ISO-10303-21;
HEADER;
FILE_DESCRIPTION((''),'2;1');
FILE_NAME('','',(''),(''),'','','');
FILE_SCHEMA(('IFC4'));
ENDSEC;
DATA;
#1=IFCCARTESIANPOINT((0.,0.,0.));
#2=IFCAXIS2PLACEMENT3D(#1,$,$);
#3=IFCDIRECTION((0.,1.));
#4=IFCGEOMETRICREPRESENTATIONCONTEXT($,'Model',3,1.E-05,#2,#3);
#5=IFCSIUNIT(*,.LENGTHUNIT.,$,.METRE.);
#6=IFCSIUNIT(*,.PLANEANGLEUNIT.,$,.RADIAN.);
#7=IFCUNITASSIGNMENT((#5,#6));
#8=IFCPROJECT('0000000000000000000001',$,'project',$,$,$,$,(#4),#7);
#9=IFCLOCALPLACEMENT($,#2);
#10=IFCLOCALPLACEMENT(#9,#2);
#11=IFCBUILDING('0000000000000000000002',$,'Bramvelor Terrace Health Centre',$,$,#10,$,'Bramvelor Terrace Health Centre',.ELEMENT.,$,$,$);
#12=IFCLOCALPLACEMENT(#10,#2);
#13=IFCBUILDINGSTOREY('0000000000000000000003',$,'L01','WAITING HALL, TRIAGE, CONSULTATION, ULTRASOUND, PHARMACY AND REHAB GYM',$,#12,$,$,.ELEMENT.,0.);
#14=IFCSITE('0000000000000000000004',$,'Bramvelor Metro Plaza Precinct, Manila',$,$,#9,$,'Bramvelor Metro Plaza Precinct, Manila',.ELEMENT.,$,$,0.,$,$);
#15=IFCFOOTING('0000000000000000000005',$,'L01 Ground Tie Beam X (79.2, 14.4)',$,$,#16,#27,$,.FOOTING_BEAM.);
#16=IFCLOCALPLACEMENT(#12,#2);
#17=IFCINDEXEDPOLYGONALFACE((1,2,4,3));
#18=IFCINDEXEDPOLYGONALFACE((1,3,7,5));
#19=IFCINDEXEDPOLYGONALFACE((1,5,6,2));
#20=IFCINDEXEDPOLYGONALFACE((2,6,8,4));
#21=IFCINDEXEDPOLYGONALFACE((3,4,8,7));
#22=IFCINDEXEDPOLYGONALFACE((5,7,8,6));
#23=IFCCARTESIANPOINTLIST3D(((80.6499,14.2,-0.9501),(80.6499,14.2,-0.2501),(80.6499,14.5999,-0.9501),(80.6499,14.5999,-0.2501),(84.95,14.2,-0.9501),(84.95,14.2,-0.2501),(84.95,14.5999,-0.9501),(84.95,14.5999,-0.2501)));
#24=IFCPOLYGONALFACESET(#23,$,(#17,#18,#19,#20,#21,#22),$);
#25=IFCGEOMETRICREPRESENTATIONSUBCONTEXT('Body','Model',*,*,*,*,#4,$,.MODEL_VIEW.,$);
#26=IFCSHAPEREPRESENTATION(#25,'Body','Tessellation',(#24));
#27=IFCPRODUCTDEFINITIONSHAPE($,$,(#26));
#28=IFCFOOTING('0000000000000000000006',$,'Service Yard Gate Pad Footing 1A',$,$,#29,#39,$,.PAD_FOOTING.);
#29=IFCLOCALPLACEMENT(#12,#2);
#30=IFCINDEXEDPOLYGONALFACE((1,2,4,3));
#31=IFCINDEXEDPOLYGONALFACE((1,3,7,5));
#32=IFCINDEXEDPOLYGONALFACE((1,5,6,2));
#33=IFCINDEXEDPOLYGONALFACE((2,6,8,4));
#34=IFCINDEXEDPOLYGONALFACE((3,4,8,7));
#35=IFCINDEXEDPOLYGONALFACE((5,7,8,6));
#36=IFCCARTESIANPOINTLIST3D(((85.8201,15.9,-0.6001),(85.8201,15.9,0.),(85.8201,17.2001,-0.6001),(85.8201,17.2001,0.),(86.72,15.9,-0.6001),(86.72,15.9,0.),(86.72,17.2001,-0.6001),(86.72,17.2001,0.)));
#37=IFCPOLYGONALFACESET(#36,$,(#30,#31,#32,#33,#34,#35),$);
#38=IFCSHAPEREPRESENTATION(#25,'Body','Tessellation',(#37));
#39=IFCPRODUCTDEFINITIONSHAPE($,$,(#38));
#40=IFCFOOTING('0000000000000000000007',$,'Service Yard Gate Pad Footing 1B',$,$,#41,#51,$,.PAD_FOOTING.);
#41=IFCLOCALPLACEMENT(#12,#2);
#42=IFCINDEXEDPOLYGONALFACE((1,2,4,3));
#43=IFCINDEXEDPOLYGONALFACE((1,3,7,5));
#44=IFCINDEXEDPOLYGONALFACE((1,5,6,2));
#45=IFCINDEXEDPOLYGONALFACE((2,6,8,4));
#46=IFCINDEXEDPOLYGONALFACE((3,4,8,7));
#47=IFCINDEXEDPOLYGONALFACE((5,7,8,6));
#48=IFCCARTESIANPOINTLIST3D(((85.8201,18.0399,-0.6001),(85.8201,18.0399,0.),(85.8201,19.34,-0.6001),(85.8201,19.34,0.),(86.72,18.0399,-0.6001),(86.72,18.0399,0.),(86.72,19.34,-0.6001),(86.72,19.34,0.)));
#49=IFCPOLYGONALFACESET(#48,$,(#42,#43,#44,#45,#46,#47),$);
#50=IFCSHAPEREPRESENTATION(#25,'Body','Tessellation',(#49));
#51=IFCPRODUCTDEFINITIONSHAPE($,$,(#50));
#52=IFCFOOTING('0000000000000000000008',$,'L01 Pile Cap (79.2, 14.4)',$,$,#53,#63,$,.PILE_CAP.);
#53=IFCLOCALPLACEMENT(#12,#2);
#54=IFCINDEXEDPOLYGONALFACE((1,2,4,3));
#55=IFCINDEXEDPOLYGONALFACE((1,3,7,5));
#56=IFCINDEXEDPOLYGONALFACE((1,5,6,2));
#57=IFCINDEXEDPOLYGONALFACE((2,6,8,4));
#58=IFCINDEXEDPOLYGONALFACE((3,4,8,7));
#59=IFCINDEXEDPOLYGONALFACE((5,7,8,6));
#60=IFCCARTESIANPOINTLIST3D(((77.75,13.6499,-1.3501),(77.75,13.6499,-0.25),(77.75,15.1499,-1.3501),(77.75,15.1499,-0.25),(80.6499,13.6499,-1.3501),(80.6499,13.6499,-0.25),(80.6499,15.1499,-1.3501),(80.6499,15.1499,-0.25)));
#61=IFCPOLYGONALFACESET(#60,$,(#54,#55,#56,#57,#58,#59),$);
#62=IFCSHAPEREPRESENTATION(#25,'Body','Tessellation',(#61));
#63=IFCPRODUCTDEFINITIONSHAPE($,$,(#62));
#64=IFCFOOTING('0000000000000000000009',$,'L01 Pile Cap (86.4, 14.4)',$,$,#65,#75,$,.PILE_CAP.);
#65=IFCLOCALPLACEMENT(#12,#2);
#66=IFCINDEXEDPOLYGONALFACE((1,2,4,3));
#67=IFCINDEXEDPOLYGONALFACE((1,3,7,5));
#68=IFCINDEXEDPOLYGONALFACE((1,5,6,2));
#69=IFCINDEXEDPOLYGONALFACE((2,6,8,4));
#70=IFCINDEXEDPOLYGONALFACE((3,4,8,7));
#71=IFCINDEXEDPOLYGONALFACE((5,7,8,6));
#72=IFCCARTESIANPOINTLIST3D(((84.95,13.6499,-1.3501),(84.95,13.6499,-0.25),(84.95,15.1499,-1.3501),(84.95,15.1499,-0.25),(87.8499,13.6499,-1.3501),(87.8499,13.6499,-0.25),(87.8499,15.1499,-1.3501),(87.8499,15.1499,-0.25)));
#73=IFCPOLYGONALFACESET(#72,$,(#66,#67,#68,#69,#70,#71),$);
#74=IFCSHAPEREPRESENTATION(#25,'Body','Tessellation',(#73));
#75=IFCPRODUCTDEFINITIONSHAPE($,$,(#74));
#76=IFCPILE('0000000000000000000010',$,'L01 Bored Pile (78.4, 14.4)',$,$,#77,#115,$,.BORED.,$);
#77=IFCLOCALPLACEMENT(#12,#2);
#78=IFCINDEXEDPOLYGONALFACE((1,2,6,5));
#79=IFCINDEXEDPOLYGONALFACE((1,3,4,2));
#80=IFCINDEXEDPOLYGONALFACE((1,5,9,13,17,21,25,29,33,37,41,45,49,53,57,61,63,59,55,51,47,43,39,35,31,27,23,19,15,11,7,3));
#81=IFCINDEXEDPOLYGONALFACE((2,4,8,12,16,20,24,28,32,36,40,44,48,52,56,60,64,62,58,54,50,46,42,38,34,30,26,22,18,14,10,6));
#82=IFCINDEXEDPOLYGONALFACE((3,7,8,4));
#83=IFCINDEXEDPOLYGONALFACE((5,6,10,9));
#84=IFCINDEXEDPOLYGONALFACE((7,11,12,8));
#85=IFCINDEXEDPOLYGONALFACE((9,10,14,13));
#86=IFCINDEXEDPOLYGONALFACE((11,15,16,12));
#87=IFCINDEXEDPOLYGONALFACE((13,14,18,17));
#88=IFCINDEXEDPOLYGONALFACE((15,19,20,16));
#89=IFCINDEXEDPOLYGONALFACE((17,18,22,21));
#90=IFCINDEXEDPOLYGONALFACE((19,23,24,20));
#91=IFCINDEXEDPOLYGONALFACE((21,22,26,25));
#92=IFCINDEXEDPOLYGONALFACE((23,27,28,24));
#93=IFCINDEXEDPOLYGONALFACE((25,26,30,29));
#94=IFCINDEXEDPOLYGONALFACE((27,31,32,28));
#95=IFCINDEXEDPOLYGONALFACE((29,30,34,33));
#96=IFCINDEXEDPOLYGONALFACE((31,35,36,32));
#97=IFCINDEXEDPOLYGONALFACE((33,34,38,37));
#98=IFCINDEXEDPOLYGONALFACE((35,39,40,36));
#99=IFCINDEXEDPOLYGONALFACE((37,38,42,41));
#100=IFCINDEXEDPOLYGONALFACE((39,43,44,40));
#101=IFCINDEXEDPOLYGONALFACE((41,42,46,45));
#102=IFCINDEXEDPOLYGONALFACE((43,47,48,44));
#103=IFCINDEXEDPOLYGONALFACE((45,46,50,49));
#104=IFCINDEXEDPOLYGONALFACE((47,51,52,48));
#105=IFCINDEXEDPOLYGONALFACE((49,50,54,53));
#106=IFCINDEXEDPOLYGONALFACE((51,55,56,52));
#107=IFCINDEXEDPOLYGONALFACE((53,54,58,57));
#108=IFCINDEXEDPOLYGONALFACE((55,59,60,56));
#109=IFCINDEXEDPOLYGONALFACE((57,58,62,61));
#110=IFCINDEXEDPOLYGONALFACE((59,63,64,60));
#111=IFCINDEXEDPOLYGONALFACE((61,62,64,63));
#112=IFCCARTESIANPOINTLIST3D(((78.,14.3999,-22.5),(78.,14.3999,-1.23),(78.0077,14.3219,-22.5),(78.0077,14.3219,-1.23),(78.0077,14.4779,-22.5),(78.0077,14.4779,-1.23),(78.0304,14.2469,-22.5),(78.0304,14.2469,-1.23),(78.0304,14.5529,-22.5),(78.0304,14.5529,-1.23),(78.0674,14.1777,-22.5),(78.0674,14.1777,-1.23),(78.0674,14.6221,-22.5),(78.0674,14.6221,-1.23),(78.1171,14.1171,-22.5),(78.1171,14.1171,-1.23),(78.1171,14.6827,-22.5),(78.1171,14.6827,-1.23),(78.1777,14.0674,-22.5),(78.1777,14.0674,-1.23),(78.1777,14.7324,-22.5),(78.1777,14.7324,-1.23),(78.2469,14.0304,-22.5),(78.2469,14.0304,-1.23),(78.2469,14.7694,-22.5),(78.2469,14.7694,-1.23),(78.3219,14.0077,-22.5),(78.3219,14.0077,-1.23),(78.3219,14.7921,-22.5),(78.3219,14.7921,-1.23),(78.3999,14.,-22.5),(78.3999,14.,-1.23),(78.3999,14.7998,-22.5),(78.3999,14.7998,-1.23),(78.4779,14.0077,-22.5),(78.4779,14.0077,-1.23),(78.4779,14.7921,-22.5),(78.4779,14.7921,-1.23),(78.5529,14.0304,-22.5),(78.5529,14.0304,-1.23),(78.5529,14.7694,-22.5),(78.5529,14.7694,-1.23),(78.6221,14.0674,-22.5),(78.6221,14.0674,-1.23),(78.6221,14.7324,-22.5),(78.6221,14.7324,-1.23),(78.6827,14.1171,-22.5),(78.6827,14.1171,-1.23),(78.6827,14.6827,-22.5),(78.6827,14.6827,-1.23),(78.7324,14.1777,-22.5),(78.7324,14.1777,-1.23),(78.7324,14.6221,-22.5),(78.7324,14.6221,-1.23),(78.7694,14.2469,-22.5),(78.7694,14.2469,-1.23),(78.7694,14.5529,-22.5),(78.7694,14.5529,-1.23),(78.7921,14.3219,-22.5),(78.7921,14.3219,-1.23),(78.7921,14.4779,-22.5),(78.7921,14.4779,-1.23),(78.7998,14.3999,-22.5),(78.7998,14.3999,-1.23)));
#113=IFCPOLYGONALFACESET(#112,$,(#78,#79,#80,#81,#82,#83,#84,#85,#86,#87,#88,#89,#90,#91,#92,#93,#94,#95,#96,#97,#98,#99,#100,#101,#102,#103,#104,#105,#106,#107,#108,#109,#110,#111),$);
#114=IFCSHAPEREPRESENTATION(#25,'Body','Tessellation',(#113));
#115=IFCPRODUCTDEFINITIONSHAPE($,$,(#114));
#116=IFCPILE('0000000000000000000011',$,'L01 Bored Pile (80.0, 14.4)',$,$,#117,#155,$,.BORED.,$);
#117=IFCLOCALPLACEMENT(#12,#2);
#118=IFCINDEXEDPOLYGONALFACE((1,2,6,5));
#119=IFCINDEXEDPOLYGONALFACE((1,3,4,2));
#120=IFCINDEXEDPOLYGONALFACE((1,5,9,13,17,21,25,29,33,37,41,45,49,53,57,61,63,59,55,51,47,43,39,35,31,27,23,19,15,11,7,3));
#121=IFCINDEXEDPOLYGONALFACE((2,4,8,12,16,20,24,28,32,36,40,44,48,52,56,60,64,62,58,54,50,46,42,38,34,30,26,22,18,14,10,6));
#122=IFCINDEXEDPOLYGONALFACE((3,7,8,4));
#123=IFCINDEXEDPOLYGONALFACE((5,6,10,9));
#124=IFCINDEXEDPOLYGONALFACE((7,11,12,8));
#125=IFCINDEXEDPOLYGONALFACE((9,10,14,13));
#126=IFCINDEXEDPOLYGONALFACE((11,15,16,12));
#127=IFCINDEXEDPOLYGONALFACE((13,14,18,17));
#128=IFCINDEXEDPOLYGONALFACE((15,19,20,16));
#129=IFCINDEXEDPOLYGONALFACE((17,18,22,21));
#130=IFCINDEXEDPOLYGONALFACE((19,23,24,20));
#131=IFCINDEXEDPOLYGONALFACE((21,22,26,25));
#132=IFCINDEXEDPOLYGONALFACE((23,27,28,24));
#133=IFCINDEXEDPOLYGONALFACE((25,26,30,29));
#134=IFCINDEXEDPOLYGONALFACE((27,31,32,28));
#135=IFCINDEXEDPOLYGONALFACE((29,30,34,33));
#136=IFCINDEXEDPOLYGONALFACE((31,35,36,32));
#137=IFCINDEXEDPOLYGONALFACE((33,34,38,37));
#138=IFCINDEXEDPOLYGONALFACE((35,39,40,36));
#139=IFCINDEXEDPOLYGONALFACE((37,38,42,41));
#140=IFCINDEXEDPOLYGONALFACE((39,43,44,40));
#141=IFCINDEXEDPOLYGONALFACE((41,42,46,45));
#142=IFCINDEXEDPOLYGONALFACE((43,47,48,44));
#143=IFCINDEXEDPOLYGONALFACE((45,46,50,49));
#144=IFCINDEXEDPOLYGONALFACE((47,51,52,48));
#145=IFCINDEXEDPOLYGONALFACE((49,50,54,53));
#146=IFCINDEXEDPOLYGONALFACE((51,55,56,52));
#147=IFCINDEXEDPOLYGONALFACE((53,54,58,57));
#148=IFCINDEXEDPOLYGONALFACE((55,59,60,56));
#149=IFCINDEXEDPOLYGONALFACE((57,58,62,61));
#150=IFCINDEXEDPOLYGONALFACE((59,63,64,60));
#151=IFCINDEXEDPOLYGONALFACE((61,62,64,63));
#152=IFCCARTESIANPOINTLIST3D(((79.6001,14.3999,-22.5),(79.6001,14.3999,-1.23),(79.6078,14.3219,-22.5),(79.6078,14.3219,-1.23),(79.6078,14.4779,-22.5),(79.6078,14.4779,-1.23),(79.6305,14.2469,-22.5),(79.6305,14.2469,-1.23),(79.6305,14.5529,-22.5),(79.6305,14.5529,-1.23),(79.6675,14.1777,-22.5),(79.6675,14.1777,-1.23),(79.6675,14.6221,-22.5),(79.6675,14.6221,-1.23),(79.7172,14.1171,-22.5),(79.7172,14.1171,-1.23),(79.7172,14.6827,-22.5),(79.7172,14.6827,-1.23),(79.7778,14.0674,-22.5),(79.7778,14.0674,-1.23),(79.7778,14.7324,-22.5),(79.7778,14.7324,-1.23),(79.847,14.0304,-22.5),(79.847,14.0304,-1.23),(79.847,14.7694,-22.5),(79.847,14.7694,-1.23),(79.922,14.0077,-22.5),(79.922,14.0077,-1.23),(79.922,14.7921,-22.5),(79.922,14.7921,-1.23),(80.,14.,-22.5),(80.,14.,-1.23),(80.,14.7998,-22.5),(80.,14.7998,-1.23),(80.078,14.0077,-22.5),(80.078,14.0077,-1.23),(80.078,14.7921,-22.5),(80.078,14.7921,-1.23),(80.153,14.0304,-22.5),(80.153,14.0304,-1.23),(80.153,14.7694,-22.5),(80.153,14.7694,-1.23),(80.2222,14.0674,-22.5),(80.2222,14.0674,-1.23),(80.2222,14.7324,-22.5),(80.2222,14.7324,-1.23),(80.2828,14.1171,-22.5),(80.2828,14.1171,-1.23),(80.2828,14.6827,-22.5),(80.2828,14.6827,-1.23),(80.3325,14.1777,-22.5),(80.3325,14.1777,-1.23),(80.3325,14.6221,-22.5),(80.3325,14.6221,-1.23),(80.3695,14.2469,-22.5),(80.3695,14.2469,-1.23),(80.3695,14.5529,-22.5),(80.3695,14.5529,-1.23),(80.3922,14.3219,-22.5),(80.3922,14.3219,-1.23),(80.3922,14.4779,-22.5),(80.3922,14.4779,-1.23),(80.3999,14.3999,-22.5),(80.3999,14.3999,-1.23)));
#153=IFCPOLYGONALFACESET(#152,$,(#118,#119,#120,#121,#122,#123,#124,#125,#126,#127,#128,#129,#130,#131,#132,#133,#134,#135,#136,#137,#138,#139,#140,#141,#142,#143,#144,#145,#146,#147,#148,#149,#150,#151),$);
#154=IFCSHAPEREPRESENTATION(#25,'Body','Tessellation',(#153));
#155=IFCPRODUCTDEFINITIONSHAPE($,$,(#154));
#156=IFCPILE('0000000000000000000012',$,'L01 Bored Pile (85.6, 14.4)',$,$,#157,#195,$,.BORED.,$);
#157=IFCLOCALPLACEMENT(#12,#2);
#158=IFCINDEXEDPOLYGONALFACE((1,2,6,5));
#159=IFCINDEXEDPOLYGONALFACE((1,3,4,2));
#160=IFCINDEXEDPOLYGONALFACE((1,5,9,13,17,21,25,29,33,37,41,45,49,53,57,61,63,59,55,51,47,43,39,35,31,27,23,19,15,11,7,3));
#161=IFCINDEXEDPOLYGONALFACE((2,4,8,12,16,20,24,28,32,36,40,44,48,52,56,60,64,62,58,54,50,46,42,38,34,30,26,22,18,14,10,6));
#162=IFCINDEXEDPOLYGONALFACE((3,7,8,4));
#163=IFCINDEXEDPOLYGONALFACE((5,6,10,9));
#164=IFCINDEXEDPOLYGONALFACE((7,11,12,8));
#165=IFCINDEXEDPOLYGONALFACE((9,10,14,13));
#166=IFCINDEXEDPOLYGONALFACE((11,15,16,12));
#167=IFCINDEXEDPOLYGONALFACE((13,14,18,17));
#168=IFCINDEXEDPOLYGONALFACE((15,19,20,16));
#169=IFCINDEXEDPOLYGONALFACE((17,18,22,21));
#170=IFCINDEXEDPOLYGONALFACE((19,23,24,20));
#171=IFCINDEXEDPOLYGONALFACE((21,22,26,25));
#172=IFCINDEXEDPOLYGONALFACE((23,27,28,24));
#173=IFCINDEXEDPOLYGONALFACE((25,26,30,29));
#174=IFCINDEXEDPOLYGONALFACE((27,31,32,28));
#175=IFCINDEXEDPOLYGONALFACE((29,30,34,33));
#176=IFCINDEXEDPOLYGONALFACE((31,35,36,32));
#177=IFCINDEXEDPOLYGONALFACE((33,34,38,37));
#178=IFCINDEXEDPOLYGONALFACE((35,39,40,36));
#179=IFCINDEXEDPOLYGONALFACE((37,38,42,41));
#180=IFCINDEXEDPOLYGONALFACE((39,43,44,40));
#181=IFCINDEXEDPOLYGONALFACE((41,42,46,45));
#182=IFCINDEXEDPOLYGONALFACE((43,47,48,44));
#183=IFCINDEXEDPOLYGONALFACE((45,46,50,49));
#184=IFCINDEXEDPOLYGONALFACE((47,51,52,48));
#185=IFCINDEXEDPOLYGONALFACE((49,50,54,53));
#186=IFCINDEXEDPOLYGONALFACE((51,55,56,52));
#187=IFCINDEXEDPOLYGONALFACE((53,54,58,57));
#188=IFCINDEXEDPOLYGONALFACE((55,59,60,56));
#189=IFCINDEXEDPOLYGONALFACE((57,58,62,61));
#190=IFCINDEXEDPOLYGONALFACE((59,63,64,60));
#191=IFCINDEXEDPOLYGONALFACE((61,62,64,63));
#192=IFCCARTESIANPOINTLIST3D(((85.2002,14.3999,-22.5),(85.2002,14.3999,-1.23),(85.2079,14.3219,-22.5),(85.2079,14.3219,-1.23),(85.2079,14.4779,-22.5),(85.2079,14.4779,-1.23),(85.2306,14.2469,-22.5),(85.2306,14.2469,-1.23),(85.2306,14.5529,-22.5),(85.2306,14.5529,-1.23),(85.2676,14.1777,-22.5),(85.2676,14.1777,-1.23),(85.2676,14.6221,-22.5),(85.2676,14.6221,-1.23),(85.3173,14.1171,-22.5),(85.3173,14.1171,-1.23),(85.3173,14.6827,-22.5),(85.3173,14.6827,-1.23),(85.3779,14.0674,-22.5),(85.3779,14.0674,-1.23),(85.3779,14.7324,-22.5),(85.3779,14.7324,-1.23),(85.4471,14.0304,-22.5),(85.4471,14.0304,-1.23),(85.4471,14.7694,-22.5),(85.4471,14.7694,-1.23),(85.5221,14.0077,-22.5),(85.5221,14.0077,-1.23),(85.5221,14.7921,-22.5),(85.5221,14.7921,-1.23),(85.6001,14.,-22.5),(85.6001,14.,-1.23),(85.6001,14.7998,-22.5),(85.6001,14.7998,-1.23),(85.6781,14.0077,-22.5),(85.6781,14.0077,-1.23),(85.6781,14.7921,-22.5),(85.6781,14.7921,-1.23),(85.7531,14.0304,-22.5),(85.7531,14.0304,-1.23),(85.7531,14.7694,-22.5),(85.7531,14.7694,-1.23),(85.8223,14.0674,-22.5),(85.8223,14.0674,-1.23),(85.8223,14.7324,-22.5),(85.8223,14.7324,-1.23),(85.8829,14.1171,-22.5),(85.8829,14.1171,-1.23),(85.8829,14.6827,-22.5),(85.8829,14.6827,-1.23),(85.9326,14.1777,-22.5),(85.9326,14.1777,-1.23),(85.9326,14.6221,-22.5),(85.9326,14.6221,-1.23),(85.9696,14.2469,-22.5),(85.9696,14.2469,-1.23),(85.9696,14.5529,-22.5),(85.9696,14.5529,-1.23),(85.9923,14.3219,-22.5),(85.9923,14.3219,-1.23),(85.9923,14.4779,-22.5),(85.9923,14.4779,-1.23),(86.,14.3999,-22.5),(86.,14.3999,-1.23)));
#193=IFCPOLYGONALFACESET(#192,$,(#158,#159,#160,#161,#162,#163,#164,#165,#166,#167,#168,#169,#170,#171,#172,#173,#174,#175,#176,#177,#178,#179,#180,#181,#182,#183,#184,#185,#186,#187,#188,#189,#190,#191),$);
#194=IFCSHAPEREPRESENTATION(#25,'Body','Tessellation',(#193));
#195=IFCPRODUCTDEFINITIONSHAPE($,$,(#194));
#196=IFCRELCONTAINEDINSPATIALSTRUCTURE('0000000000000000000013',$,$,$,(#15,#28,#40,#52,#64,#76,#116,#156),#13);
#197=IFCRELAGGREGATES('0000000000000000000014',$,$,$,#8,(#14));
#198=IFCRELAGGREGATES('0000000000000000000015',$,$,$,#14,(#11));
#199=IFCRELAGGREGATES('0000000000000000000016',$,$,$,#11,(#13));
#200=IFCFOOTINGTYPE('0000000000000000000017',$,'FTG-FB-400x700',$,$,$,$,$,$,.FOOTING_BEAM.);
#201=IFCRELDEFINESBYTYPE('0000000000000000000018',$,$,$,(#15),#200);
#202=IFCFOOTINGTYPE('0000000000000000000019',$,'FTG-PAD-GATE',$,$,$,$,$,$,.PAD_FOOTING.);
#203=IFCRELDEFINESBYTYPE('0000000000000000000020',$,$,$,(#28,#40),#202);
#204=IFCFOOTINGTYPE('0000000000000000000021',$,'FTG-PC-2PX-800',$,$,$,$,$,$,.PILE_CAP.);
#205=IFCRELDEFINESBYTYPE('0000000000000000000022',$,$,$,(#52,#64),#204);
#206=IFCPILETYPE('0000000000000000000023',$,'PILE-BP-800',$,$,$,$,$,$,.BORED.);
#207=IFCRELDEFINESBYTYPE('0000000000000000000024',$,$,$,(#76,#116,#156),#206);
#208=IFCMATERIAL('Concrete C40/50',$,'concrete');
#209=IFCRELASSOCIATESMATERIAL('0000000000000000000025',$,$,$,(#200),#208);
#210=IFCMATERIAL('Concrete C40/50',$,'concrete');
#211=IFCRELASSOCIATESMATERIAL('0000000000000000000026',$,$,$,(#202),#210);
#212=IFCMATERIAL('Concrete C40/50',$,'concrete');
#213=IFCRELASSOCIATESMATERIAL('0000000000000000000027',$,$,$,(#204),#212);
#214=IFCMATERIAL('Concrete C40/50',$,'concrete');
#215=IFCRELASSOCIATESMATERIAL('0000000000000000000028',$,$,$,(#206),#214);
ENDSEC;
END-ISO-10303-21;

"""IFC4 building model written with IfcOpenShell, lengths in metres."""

from ifc_helpers import new_model, si_unit, direction, frame, origin, origin_2d, place, context, subcontext, project, spatial, rectangle, circle, extrude, material, material_profile, profile_set, type_object, element, save


model = new_model("IFC4")

# Units and contexts
model_context = context("Model", 3, precision=1e-05, world=origin(), true_north=direction((0.0, 1.0)))
body_context = subcontext(model_context, "Body", "Model", "MODEL_VIEW")
ifc_project = project(units=[si_unit("LENGTHUNIT", "METRE"), si_unit("PLANEANGLEUNIT", "RADIAN")], contexts=[model_context])

# Site, building, storey
site_placement = place(None, origin())
site = spatial("IfcSite", under=ifc_project, at=site_placement, Name="Bramvelor Metro Plaza Precinct, Manila", LongName="Bramvelor Metro Plaza Precinct, Manila", CompositionType="ELEMENT", RefElevation=0.0)
building_placement = place(site_placement, origin())
building = spatial("IfcBuilding", under=site, at=building_placement, Name="Bramvelor Terrace Health Centre", LongName="Bramvelor Terrace Health Centre", CompositionType="ELEMENT")
storey_placement = place(building_placement, origin())
storey = spatial("IfcBuildingStorey", under=building, at=storey_placement, Name="L01", Description="WAITING HALL, TRIAGE, CONSULTATION, ULTRASOUND, PHARMACY AND REHAB GYM", CompositionType="ELEMENT", Elevation=0.0)

# Footings
ifc_material_1 = material(Name="Concrete C40/50", Category="concrete")
ifc_material_profile_1 = material_profile(ifc_material_1, rectangle(XDim=0.3999, YDim=0.7, at=origin_2d()), Name="RC 400x700")
ifc_profile_set_1 = profile_set([ifc_material_profile_1], Name="Concrete C40/50")
footing_type_1 = type_object("IfcFootingType", Name="FTG-FB-400x700", PredefinedType="FOOTING_BEAM", material=ifc_profile_set_1)
footing_placement = place(storey_placement, frame((80.6499, 14.3999, -0.6001), z_axis=(1.0, 0.0, 0.0), x_axis=(0.0, 1.0, 0.0)))
element("IfcFooting", 1, at=footing_placement, inside=storey, type_object=footing_type_1, Name="L01 Ground Tie Beam X (79.2, 14.4)", PredefinedType="FOOTING_BEAM", context=body_context, shape_type="SweptSolid", body=[
    extrude(rectangle(XDim=0.3999, YDim=0.7, at=origin_2d()), origin(), (0.0, 0.0, 1.0), 4.3),
])
ifc_material_2 = material(Name="Concrete C40/50", Category="concrete")
footing_type_2 = type_object("IfcFootingType", Name="FTG-PAD-GATE", PredefinedType="PAD_FOOTING", material=ifc_material_2)
for number, where, z_axis, x_axis, name in (
    (2, (86.27, 16.55, -0.6001), (0.0, 0.0, 1.0), (1.0, 0.0, 0.0), "Service Yard Gate Pad Footing 1A"),
    (3, (86.27, 18.6899, -0.6001), (0.0, 0.0, 1.0), (1.0, 0.0, 0.0), "Service Yard Gate Pad Footing 1B"),
):
    element("IfcFooting", number, at=place(storey_placement, frame(where, z_axis=z_axis, x_axis=x_axis)), inside=storey, type_object=footing_type_2, Name=name, PredefinedType="PAD_FOOTING", context=body_context, shape_type="SweptSolid", body=[
        extrude(rectangle(XDim=0.8999, YDim=1.3, at=origin_2d()), origin(), (0.0, 0.0, 1.0), 0.6001),
    ])
ifc_material_3 = material(Name="Concrete C40/50", Category="concrete")
footing_type_3 = type_object("IfcFootingType", Name="FTG-PC-2PX-800", PredefinedType="PILE_CAP", material=ifc_material_3)
for number, where, z_axis, x_axis, name in (
    (4, (79.2, 14.3999, -1.3501), (0.0, 0.0, 1.0), (1.0, 0.0, 0.0), "L01 Pile Cap (79.2, 14.4)"),
    (5, (86.3999, 14.3999, -1.3501), (0.0, 0.0, 1.0), (1.0, 0.0, 0.0), "L01 Pile Cap (86.4, 14.4)"),
):
    element("IfcFooting", number, at=place(storey_placement, frame(where, z_axis=z_axis, x_axis=x_axis)), inside=storey, type_object=footing_type_3, Name=name, PredefinedType="PILE_CAP", context=body_context, shape_type="SweptSolid", body=[
        extrude(rectangle(XDim=2.8999, YDim=1.5, at=origin_2d()), origin(), (0.0, 0.0, 1.0), 1.1001),
    ])

# Piles
ifc_material_4 = material(Name="Concrete C40/50", Category="concrete")
ifc_material_profile_2 = material_profile(ifc_material_4, circle(Radius=0.3999, at=origin_2d()), Name="BP D800")
ifc_profile_set_2 = profile_set([ifc_material_profile_2], Name="Concrete C40/50")
pile_type = type_object("IfcPileType", Name="PILE-BP-800", PredefinedType="BORED", material=ifc_profile_set_2)
for number, where, z_axis, x_axis, name in (
    (6, (78.3999, 14.3999, -1.23), (0.0, 0.0, -1.0), (1.0, 0.0, 0.0), "L01 Bored Pile (78.4, 14.4)"),
    (7, (80.0, 14.3999, -1.23), (0.0, 0.0, -1.0), (1.0, 0.0, 0.0), "L01 Bored Pile (80.0, 14.4)"),
    (8, (85.6001, 14.3999, -1.23), (0.0, 0.0, -1.0), (1.0, 0.0, 0.0), "L01 Bored Pile (85.6, 14.4)"),
):
    element("IfcPile", number, at=place(storey_placement, frame(where, z_axis=z_axis, x_axis=x_axis)), inside=storey, type_object=pile_type, Name=name, PredefinedType="BORED", context=body_context, shape_type="SweptSolid", body=[
        extrude(circle(Radius=0.3999, at=origin_2d()), origin(), (0.0, 0.0, 1.0), 21.27),
    ])

save(model, "model.ifc")
